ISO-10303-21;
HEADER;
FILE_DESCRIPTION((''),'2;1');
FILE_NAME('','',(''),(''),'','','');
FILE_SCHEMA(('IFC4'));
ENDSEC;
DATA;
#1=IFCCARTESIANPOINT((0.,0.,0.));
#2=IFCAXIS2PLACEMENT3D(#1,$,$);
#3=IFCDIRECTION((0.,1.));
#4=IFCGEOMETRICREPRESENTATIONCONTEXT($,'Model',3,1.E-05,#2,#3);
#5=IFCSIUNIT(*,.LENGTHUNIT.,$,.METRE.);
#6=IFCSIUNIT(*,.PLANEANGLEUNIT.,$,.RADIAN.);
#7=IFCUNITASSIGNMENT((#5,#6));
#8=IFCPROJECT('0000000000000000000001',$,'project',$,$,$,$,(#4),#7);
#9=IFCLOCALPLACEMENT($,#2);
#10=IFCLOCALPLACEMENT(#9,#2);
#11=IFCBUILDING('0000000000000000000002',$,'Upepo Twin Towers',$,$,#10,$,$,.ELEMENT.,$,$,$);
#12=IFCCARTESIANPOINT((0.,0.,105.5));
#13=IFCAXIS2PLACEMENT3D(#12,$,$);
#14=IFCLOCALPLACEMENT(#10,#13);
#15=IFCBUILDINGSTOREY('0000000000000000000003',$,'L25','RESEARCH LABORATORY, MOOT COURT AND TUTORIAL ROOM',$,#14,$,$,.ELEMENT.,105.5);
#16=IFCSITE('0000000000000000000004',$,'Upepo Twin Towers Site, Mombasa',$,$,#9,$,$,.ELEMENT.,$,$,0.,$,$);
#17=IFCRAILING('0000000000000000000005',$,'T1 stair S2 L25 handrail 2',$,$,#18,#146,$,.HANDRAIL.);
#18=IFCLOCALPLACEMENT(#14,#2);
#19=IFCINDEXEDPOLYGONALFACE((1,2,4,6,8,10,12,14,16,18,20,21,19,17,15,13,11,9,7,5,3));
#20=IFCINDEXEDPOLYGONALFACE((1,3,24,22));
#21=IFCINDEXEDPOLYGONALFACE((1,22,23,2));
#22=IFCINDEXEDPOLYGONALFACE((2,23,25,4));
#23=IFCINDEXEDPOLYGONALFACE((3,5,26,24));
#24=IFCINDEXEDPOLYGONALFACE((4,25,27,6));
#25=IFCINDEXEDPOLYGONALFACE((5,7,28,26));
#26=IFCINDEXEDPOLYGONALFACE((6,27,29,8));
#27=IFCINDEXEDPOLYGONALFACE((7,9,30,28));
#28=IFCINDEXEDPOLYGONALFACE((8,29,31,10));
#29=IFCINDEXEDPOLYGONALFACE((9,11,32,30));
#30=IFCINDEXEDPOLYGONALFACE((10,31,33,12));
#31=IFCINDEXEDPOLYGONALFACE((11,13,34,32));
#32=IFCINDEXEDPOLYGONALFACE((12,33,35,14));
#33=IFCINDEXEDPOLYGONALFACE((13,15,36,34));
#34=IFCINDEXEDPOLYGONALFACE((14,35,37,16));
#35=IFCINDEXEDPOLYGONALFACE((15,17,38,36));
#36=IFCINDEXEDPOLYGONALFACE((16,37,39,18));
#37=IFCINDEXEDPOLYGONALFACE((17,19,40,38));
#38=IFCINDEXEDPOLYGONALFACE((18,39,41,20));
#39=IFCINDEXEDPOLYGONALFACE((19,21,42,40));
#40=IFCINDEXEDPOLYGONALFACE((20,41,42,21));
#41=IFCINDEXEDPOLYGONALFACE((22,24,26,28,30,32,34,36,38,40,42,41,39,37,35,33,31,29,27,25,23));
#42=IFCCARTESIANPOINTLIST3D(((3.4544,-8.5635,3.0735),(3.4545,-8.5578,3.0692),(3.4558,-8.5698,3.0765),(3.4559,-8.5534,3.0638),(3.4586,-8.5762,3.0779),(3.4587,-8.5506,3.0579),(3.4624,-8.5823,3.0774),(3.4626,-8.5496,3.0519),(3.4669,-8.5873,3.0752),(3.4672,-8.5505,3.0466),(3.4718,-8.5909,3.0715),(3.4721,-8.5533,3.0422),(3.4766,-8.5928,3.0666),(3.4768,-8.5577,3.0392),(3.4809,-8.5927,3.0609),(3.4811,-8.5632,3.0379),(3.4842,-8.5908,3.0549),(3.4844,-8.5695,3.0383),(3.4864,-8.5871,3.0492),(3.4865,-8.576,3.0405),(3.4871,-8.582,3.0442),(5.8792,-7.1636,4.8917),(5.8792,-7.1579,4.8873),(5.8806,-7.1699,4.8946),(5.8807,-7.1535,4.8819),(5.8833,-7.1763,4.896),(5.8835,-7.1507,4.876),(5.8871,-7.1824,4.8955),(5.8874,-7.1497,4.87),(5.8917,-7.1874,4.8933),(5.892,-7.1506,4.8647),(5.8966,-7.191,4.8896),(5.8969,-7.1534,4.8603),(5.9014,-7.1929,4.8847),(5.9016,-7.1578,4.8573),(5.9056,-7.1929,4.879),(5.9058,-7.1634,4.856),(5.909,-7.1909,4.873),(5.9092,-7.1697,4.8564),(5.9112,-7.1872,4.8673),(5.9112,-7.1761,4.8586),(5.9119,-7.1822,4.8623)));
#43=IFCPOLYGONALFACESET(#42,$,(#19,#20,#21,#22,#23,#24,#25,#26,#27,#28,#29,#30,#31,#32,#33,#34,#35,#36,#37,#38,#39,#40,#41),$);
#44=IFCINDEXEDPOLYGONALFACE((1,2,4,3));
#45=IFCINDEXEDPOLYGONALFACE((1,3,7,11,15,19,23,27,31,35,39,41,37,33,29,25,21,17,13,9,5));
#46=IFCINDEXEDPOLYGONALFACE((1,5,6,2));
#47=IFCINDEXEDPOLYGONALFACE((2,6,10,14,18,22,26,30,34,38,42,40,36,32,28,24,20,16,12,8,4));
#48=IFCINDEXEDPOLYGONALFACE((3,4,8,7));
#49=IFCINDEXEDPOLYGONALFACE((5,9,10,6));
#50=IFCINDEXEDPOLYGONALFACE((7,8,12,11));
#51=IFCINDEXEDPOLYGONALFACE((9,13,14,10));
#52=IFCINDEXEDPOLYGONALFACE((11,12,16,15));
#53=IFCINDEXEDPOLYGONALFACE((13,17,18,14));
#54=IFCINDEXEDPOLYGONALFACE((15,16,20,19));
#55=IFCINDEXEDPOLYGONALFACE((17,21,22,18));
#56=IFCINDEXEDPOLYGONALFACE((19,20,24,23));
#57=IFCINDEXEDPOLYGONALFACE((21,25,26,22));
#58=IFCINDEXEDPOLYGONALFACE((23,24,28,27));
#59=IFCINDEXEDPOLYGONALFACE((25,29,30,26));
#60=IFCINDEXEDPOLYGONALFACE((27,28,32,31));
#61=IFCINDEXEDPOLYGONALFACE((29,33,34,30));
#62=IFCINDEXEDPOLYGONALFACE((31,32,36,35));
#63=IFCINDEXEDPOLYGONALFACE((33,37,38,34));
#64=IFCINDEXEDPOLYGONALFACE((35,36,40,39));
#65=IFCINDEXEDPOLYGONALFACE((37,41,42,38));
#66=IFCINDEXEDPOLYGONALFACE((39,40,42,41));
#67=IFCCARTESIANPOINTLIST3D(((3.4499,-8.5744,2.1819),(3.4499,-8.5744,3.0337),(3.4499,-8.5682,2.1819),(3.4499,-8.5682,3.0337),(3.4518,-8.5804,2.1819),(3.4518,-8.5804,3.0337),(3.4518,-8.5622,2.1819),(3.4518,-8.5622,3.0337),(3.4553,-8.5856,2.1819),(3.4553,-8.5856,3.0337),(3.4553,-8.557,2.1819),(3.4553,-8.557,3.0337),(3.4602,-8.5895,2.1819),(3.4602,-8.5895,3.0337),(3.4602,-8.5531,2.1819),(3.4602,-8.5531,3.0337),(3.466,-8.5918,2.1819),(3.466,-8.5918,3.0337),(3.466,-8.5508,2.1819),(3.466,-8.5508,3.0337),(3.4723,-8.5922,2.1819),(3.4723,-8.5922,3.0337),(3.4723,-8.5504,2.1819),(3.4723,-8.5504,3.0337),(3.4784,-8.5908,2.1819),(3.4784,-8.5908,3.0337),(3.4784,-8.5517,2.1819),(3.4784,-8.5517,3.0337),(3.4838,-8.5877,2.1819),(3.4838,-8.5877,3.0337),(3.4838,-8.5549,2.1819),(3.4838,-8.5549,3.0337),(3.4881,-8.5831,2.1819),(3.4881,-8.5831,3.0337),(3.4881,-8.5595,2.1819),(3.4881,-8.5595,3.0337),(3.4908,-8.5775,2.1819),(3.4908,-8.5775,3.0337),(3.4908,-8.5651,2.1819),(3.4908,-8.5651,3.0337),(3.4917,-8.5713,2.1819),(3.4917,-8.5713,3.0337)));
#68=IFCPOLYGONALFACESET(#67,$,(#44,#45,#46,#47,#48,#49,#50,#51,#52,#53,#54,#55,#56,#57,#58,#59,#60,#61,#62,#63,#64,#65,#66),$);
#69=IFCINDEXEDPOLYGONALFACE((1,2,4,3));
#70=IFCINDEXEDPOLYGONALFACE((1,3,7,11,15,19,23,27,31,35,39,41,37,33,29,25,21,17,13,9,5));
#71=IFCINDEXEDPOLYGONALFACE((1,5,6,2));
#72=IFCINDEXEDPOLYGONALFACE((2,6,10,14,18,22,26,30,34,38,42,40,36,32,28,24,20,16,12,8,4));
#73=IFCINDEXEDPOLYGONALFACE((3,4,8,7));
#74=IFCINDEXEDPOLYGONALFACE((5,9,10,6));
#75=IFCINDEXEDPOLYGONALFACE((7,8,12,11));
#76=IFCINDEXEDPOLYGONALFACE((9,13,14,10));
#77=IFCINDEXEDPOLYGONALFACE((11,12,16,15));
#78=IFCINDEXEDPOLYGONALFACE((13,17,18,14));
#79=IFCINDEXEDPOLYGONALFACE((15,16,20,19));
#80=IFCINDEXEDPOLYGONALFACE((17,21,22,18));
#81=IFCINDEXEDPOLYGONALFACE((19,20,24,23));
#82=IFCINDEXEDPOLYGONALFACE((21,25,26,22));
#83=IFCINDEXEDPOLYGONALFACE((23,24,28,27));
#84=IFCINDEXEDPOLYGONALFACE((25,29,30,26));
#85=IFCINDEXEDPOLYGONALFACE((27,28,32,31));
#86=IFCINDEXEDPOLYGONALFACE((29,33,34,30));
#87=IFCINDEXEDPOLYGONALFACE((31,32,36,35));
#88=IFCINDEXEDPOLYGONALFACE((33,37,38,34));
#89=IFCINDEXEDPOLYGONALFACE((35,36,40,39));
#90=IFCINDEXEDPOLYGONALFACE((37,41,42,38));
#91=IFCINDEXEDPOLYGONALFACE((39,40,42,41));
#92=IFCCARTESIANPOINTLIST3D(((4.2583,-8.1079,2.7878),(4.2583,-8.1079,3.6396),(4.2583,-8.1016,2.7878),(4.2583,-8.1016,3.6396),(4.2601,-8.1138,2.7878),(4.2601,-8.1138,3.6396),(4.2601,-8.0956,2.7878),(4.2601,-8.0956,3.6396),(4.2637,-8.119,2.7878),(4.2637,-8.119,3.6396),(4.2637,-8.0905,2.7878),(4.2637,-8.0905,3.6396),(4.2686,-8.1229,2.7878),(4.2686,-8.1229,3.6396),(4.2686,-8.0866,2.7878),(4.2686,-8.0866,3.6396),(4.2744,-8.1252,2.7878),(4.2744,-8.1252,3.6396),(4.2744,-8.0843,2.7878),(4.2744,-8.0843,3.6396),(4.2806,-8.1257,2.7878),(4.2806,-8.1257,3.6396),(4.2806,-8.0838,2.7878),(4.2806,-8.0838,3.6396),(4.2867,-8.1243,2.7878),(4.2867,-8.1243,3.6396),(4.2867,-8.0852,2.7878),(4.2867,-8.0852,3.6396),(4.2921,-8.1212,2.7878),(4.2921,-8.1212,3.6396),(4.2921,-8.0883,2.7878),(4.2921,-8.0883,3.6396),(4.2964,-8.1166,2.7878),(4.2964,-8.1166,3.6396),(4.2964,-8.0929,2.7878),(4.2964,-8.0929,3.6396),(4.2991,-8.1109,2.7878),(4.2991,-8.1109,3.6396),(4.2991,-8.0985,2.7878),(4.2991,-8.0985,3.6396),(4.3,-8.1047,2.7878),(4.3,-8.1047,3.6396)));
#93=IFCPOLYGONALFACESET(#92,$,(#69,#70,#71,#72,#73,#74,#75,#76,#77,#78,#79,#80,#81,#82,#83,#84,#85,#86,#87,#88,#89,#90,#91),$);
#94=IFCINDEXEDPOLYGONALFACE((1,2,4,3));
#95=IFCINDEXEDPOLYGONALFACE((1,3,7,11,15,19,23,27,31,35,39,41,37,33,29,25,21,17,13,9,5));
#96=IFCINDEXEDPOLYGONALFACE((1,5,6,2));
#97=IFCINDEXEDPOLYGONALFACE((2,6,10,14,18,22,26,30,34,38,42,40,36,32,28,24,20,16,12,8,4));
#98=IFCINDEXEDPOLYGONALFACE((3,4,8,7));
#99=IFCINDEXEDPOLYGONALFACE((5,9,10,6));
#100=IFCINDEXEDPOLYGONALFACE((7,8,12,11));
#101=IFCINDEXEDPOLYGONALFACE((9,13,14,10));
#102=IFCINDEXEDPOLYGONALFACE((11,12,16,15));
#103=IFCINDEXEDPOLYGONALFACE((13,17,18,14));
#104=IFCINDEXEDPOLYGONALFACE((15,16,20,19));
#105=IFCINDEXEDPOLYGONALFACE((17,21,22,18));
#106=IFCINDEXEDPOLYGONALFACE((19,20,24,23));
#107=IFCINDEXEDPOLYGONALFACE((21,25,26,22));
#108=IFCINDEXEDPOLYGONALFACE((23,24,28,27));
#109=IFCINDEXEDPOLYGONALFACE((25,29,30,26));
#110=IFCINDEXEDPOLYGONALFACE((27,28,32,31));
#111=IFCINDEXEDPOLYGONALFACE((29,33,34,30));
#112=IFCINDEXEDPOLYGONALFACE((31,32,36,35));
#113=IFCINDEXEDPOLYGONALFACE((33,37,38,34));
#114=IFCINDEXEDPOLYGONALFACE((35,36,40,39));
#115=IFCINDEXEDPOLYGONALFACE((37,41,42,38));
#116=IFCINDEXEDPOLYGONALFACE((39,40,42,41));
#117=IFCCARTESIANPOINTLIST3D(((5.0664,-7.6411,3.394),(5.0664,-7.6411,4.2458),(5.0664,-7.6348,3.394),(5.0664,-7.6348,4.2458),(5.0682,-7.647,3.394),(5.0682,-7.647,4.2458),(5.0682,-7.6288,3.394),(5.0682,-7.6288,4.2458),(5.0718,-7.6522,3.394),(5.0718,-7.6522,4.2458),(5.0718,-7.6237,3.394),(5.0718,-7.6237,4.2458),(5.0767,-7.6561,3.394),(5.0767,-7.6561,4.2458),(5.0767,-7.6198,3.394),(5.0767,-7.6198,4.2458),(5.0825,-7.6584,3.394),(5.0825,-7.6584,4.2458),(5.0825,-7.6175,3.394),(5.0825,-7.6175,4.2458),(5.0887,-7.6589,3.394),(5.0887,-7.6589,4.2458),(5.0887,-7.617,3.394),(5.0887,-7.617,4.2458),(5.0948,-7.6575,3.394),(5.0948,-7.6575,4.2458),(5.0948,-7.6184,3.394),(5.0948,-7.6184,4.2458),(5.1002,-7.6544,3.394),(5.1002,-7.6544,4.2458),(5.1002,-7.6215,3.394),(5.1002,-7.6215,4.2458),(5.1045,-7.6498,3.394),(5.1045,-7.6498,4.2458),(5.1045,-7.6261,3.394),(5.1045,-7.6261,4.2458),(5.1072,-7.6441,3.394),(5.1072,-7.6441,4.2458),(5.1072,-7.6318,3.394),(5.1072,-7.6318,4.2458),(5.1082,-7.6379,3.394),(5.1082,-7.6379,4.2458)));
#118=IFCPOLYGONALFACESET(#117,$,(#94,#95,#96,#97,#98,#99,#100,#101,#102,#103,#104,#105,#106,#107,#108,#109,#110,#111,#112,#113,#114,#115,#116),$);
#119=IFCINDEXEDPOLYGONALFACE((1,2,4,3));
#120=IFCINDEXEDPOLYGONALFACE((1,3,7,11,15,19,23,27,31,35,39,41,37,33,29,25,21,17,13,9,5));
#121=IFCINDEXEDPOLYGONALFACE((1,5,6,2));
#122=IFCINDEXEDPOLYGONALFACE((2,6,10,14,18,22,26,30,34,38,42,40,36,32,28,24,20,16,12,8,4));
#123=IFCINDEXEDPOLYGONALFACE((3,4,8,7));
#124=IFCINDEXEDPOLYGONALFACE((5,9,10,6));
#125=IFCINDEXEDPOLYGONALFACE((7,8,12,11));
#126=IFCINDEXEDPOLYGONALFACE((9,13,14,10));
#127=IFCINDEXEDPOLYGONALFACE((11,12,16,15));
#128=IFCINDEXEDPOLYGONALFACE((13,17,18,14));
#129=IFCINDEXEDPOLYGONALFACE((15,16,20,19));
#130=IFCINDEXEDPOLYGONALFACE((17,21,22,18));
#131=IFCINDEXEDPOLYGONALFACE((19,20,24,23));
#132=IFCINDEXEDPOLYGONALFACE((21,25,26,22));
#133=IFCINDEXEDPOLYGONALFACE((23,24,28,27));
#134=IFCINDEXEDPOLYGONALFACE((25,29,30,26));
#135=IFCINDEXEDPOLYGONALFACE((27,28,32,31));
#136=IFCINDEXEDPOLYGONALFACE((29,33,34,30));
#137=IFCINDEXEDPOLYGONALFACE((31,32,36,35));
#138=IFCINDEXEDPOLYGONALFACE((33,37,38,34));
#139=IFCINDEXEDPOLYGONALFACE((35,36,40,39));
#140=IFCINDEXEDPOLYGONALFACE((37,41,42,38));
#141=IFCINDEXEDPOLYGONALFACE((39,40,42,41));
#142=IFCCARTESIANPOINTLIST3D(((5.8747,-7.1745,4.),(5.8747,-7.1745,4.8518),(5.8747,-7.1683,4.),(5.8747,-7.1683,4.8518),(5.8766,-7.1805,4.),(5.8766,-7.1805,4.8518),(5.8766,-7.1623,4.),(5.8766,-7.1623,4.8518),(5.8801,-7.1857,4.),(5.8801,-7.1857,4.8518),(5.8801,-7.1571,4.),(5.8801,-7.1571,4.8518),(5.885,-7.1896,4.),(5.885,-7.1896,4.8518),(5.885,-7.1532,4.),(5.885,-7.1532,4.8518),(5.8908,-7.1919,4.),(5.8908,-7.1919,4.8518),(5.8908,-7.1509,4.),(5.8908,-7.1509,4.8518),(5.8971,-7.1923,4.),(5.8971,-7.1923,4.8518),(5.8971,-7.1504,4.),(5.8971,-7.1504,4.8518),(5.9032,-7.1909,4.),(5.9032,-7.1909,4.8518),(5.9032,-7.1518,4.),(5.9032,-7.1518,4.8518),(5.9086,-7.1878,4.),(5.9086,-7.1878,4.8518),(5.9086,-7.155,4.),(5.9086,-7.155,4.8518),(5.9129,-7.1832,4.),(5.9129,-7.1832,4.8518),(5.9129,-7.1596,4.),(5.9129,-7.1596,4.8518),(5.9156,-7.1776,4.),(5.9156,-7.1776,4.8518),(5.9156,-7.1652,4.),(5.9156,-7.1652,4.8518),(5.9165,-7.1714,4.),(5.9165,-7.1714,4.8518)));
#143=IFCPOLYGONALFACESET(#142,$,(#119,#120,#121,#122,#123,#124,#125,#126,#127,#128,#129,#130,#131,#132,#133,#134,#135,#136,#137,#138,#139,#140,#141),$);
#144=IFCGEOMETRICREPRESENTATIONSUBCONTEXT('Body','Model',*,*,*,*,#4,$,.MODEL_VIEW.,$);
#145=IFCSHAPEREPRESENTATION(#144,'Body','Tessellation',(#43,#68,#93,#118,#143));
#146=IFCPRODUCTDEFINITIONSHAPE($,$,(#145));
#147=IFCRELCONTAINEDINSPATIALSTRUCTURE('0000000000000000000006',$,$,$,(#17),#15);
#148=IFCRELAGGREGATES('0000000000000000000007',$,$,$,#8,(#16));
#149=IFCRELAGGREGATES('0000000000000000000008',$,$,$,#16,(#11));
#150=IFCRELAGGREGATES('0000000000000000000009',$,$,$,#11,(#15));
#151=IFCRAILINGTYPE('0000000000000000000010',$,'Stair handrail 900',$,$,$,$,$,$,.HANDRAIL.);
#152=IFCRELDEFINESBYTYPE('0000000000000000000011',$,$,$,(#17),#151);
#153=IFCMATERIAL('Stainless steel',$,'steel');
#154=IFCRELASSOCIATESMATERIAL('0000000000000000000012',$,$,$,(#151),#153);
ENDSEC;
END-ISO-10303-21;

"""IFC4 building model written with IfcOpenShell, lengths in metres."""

from ifc_helpers import new_model, si_unit, direction, frame, origin, origin_2d, place, context, subcontext, project, spatial, circle, extrude, material, type_object, element, save


model = new_model("IFC4")

# Units and contexts
model_context = context("Model", 3, precision=1e-05, world=origin(), true_north=direction((0.0, 1.0)))
body_context = subcontext(model_context, "Body", "Model", "MODEL_VIEW")
ifc_project = project(units=[si_unit("LENGTHUNIT", "METRE"), si_unit("PLANEANGLEUNIT", "RADIAN")], contexts=[model_context])

# Site, building, storey
site_placement = place(None, origin())
site = spatial("IfcSite", under=ifc_project, at=site_placement, Name="Upepo Twin Towers Site, Mombasa", CompositionType="ELEMENT", RefElevation=0.0)
building_placement = place(site_placement, origin())
building = spatial("IfcBuilding", under=site, at=building_placement, Name="Upepo Twin Towers", CompositionType="ELEMENT")
storey_placement = place(building_placement, frame((0.0, 0.0, 105.5)))
storey = spatial("IfcBuildingStorey", under=building, at=storey_placement, Name="L25", Description="RESEARCH LABORATORY, MOOT COURT AND TUTORIAL ROOM", CompositionType="ELEMENT", Elevation=105.5)

# Railing
ifc_material_1 = material(Name="Stainless steel", Category="steel")
railing_type = type_object("IfcRailingType", Name="Stair handrail 900", PredefinedType="HANDRAIL", material=ifc_material_1)
railing_1_placement = place(storey_placement, frame((3.4707, -8.5713, 2.1819)))
element("IfcRailing", 1, at=railing_1_placement, inside=storey, type_object=railing_type, Name="T1 stair S2 L25 handrail 2", PredefinedType="HANDRAIL", context=body_context, shape_type="SweptSolid", body=[
    extrude(circle(Radius=0.0239, at=origin_2d()), frame((0.0, 0.0, 0.876), z_axis=(0.726336, 0.419333, 0.544606), x_axis=(-0.499984, 0.866035, 0.0)), (0.0, 0.0, 1.0), 3.3384),
    extrude(circle(Radius=0.021, at=origin_2d()), origin(), (0.0, 0.0, 1.0), 0.8518),
    extrude(circle(Radius=0.021, at=origin_2d()), frame((0.8083, 0.4666, 0.606)), (0.0, 0.0, 1.0), 0.8518),
    extrude(circle(Radius=0.021, at=origin_2d()), frame((1.6165, 0.9333, 1.2122)), (0.0, 0.0, 1.0), 0.8518),
    extrude(circle(Radius=0.021, at=origin_2d()), frame((2.4248, 1.3999, 1.8181)), (0.0, 0.0, 1.0), 0.8518),
])

save(model, "model.ifc")
